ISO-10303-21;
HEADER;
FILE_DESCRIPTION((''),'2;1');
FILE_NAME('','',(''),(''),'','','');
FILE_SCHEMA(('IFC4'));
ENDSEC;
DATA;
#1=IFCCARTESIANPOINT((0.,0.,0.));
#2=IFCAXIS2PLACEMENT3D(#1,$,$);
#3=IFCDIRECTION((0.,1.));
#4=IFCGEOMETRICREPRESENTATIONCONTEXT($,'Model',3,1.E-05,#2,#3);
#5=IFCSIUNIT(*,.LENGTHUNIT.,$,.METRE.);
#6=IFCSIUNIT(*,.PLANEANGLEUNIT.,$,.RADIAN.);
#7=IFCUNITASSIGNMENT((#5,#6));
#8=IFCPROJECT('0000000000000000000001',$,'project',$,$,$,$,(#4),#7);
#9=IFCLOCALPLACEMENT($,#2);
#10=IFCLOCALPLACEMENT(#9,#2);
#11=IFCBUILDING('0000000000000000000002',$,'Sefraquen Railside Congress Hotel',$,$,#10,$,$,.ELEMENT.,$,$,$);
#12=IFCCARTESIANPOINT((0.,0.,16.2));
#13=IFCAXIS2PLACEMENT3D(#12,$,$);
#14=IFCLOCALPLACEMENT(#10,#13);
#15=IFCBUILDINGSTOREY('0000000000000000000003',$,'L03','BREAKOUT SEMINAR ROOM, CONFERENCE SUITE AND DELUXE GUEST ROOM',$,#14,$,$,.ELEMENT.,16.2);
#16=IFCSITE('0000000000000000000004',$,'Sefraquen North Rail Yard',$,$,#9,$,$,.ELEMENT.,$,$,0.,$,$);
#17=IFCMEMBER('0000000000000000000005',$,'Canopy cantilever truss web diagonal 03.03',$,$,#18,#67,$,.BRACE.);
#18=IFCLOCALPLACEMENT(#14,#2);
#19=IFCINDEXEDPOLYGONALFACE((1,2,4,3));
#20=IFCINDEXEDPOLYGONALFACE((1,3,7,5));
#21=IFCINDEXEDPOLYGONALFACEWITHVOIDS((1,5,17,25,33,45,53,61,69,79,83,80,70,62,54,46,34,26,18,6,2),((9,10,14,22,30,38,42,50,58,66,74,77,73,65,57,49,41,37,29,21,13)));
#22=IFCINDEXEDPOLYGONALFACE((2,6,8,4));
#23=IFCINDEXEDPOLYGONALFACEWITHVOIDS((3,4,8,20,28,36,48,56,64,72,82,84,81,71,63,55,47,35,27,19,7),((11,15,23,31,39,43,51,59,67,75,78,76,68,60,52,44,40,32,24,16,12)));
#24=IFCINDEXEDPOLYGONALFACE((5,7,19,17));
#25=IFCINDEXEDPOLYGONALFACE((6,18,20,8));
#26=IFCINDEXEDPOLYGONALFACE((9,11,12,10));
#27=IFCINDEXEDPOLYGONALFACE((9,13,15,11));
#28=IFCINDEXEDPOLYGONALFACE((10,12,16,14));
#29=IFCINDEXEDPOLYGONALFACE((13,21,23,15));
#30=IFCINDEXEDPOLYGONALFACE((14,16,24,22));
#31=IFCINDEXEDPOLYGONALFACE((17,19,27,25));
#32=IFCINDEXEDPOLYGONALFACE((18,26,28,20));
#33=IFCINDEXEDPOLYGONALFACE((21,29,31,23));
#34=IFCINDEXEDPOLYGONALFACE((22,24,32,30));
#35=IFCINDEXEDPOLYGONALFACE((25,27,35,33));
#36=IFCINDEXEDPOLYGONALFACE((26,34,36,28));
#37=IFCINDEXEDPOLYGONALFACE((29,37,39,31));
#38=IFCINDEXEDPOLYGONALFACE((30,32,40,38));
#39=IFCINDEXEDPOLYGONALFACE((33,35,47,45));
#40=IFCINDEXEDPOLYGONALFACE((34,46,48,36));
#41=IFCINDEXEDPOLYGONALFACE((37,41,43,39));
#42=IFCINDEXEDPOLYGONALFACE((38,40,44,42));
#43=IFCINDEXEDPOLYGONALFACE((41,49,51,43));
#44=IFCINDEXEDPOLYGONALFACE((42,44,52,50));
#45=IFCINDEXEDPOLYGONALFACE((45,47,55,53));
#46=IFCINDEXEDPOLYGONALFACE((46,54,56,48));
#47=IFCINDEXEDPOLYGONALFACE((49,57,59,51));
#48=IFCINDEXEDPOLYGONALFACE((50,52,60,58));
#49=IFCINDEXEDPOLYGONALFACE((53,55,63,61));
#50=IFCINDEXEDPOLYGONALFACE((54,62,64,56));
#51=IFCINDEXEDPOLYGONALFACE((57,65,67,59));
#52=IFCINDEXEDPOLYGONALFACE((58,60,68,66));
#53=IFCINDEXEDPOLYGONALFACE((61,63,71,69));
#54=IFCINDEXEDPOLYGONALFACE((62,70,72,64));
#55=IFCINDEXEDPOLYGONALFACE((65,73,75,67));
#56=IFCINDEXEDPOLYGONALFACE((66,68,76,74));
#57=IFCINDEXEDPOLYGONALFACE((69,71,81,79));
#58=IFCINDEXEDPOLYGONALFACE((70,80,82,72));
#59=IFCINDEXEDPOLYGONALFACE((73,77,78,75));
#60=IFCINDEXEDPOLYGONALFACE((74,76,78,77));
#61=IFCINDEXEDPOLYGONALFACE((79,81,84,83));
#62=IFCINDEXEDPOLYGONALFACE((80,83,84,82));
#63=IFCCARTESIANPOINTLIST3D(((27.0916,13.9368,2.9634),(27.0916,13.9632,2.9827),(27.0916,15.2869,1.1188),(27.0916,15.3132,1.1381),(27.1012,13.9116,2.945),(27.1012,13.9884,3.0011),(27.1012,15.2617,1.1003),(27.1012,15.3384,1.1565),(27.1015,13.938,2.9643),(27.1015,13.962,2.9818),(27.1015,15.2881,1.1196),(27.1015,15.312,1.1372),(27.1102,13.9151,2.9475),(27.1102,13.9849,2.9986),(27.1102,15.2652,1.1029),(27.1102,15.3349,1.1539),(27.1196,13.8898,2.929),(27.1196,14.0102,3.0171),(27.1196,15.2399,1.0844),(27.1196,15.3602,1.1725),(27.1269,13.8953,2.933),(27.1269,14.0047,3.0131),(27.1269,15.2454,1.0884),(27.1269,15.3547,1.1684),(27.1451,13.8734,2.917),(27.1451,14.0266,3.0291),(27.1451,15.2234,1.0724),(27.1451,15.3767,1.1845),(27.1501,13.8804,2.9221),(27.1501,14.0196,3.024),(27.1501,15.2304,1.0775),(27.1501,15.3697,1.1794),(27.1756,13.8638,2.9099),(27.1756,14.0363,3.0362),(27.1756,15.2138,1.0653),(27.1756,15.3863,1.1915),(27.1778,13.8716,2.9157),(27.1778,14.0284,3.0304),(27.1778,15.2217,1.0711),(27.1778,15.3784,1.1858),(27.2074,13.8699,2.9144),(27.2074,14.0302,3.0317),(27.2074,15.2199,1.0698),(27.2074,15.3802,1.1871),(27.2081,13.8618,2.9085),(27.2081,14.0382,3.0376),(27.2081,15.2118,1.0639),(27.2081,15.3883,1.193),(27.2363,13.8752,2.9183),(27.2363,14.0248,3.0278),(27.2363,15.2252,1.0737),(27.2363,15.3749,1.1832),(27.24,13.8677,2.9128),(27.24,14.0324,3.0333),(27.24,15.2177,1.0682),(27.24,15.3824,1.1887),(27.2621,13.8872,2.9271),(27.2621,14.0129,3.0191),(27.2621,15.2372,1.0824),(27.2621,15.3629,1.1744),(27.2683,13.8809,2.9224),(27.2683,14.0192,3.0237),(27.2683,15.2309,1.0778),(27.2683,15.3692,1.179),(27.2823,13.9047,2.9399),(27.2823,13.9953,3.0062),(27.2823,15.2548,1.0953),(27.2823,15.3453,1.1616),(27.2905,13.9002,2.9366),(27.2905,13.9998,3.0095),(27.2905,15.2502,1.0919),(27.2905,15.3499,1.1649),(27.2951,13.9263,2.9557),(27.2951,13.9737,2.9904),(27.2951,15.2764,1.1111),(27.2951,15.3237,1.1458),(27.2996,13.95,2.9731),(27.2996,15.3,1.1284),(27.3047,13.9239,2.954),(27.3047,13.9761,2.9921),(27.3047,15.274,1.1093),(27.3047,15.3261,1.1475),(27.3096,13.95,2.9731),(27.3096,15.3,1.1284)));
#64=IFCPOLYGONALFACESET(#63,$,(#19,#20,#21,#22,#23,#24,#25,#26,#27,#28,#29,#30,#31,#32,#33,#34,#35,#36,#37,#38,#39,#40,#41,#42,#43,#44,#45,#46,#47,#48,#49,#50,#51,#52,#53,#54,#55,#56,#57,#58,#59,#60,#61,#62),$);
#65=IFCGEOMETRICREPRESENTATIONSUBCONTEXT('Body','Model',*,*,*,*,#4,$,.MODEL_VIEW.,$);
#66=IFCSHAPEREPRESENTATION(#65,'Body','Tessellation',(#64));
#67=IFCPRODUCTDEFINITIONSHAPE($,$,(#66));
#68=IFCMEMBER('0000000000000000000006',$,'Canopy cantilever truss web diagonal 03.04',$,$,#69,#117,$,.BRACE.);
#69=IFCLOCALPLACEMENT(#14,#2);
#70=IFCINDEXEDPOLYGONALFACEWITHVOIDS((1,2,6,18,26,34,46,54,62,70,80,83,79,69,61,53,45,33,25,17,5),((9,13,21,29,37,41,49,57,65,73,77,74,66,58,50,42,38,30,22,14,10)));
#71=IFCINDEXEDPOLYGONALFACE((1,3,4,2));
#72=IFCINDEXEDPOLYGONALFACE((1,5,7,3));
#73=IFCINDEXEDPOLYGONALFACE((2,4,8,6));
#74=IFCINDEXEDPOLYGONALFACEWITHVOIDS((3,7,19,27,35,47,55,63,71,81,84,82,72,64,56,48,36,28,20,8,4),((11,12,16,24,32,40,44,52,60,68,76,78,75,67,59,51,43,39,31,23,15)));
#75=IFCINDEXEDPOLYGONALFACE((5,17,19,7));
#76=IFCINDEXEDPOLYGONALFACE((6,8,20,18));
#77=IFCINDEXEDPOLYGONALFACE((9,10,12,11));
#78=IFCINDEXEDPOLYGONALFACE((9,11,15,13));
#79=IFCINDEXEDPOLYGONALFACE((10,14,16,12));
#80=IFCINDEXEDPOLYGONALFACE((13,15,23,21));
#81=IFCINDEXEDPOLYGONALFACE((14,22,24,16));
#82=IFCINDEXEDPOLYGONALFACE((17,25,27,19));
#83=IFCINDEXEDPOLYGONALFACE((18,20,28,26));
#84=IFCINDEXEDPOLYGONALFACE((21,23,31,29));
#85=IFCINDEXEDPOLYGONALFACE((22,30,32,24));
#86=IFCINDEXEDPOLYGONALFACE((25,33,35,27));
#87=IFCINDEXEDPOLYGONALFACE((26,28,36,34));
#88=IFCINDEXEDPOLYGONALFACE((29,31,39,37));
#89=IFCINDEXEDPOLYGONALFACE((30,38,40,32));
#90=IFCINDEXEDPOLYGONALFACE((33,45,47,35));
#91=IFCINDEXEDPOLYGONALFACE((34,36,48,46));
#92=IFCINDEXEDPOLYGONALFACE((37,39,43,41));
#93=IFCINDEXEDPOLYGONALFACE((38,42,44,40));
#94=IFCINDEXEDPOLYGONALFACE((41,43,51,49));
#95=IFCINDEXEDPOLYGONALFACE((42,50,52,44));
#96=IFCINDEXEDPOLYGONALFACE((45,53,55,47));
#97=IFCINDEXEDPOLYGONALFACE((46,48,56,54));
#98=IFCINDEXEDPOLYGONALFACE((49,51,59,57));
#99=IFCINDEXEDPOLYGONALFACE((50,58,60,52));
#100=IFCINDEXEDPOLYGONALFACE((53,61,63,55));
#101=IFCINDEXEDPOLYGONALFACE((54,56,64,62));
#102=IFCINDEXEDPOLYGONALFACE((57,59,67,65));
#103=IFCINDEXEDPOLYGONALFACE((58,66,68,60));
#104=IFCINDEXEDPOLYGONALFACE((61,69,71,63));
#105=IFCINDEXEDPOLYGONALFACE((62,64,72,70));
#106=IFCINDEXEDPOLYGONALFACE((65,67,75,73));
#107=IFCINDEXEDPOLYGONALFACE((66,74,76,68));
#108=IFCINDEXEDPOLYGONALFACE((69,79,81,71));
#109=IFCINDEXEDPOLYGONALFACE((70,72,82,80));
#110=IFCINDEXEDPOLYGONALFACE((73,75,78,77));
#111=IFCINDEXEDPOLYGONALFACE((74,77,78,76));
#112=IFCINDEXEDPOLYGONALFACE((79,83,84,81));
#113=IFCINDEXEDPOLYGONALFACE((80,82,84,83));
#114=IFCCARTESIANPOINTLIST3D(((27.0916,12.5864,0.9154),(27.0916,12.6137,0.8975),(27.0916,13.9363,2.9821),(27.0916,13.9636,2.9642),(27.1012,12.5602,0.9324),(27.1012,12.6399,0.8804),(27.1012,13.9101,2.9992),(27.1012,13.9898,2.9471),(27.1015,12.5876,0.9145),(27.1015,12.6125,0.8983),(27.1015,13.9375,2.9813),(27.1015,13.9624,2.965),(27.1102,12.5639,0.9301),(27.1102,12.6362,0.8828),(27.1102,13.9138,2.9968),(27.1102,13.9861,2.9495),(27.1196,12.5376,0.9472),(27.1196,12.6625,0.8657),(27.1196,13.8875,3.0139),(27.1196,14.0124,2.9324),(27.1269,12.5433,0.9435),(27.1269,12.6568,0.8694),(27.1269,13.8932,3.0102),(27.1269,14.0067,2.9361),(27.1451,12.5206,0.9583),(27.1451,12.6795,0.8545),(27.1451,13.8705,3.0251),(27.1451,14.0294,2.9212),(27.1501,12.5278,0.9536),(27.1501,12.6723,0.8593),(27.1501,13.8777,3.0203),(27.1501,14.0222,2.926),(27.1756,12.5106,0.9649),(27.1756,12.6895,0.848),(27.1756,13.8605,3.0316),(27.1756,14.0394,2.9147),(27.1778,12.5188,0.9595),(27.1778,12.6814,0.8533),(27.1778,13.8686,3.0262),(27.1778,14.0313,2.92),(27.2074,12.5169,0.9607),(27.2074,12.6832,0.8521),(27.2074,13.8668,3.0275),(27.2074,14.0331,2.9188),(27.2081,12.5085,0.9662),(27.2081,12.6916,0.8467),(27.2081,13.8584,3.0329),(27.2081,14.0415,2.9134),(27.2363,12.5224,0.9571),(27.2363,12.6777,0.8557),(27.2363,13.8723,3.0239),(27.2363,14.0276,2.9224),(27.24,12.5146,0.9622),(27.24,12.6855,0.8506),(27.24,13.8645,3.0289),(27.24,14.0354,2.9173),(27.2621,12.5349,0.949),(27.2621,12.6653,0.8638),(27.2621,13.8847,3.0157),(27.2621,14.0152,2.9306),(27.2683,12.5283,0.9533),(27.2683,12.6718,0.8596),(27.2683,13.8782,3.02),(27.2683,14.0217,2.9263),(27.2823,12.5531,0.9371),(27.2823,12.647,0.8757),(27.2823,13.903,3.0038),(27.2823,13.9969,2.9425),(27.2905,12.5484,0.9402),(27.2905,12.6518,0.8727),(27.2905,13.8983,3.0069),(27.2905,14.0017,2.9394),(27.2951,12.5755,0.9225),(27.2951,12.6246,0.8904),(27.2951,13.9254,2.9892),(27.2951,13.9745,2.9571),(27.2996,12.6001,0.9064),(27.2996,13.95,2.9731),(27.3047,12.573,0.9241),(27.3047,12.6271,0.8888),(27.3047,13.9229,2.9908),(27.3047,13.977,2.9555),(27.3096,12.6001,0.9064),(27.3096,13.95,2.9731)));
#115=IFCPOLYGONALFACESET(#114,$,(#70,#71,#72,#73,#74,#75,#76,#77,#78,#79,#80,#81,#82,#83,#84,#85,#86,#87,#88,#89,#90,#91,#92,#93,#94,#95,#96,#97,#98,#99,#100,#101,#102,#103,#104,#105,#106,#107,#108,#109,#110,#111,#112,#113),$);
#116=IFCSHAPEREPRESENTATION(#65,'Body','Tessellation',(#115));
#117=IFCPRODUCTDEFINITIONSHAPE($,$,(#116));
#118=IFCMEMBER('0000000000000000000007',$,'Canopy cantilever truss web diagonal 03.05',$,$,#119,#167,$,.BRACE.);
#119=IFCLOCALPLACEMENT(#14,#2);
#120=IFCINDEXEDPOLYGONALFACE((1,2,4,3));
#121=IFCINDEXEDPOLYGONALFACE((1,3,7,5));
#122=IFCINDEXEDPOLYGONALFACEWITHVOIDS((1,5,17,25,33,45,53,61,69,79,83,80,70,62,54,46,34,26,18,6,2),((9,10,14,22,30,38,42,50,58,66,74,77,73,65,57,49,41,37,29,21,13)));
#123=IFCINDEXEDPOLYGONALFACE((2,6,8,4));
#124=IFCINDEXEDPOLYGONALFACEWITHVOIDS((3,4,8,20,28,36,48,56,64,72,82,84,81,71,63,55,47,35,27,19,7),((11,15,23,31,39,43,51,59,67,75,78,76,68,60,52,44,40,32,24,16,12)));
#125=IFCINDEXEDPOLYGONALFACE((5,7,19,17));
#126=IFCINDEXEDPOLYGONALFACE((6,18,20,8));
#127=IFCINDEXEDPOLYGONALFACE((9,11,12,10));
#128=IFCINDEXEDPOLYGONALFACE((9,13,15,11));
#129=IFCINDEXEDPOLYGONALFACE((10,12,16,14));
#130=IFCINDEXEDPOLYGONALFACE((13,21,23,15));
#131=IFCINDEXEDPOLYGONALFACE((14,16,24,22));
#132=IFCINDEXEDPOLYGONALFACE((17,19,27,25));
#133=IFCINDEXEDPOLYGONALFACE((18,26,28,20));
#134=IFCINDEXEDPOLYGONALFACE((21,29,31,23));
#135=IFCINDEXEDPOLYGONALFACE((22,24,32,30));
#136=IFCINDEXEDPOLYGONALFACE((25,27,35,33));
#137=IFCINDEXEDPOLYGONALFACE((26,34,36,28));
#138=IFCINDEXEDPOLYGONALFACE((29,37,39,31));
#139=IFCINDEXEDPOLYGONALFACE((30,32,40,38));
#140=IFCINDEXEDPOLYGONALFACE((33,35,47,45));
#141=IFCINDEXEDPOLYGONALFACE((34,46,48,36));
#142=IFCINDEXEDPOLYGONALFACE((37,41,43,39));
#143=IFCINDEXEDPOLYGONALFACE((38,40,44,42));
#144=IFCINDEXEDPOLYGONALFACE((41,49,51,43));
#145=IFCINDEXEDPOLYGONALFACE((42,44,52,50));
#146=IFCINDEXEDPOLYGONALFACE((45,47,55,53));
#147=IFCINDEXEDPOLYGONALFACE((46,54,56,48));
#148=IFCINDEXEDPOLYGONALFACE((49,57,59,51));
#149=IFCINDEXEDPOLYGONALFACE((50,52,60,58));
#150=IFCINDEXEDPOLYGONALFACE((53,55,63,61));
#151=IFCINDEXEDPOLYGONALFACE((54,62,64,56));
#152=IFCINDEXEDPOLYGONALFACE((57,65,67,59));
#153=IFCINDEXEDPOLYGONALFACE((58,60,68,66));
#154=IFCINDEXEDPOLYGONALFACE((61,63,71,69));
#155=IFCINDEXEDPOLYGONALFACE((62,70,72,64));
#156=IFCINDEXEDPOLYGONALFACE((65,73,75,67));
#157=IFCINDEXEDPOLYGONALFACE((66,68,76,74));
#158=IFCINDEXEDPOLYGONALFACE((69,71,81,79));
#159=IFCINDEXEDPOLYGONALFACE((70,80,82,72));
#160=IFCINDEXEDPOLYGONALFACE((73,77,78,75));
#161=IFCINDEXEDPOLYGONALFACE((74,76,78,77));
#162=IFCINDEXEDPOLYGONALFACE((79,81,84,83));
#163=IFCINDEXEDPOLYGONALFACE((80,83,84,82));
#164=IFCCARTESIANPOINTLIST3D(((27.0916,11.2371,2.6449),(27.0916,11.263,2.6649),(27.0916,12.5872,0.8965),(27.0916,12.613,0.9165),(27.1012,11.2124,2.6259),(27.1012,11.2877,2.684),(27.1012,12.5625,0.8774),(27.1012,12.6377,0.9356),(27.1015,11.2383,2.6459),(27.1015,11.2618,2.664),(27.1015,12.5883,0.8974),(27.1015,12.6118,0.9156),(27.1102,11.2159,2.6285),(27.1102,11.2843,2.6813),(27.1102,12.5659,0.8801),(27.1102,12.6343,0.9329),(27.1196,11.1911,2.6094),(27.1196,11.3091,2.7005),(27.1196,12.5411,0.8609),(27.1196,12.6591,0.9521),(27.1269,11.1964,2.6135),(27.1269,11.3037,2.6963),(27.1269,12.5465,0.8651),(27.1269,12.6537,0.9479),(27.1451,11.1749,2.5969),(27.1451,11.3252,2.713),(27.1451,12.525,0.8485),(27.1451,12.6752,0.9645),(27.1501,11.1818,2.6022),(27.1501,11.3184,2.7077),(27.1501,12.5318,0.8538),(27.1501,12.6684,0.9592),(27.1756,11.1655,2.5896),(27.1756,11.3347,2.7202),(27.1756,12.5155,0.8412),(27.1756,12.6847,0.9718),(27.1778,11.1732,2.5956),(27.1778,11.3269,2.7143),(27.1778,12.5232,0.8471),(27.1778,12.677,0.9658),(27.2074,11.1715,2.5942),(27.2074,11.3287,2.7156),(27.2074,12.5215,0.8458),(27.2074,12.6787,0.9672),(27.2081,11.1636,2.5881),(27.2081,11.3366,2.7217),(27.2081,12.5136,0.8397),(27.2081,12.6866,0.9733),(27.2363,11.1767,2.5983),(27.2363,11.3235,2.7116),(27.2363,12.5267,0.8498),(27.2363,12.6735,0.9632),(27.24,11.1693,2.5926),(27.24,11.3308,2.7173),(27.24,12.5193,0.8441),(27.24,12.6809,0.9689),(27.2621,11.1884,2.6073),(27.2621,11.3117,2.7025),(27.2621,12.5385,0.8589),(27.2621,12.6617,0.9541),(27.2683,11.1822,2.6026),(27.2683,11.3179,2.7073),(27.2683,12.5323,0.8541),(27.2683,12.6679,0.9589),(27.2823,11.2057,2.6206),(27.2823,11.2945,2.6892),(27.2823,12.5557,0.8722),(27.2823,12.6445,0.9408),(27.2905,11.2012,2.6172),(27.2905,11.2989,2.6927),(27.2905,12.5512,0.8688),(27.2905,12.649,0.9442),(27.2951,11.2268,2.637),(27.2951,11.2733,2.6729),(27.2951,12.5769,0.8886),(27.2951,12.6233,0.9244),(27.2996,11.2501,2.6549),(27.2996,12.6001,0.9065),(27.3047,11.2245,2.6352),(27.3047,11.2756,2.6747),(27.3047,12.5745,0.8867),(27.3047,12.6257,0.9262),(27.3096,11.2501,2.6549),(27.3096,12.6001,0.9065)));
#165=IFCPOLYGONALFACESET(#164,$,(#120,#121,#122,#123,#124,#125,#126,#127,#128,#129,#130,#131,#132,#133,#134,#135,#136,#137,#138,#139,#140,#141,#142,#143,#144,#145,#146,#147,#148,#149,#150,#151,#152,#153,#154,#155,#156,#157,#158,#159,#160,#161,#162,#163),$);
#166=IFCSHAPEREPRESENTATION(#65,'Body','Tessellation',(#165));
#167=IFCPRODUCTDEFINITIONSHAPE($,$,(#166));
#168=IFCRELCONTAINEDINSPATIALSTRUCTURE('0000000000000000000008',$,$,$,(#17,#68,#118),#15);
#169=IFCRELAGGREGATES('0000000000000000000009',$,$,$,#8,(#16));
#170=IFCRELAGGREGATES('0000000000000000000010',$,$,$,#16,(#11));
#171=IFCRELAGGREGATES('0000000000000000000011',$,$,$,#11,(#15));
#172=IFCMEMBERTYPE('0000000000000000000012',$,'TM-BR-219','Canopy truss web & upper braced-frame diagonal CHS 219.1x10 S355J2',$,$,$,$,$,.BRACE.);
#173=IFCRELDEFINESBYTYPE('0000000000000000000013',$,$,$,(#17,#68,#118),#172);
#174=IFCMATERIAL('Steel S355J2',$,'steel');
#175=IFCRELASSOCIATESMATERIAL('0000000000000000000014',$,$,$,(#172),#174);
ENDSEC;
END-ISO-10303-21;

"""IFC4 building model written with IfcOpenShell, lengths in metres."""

from ifc_helpers import new_model, si_unit, direction, frame, origin, origin_2d, place, context, subcontext, project, spatial, hollow_circle, extrude, material, material_profile, profile_set, type_object, element, save


model = new_model("IFC4")

# Units and contexts
model_context = context("Model", 3, precision=1e-05, world=origin(), true_north=direction((0.0, 1.0)))
body_context = subcontext(model_context, "Body", "Model", "MODEL_VIEW")
ifc_project = project(units=[si_unit("LENGTHUNIT", "METRE"), si_unit("PLANEANGLEUNIT", "RADIAN")], contexts=[model_context])

# Site, building, storey
site_placement = place(None, origin())
site = spatial("IfcSite", under=ifc_project, at=site_placement, Name="Sefraquen North Rail Yard", CompositionType="ELEMENT", RefElevation=0.0)
building_placement = place(site_placement, origin())
building = spatial("IfcBuilding", under=site, at=building_placement, Name="Sefraquen Railside Congress Hotel", CompositionType="ELEMENT")
storey_placement = place(building_placement, frame((0.0, 0.0, 16.2)))
storey = spatial("IfcBuildingStorey", under=building, at=storey_placement, Name="L03", Description="BREAKOUT SEMINAR ROOM, CONFERENCE SUITE AND DELUXE GUEST ROOM", CompositionType="ELEMENT", Elevation=16.2)

# Members
ifc_material = material(Name="Steel S355J2", Category="steel")
ifc_material_profile = material_profile(ifc_material, hollow_circle(Radius=0.1096, WallThickness=0.01, at=origin_2d()), Name="CHS 219.1x10")
ifc_profile_set = profile_set([ifc_material_profile], Name="Steel S355J2")
member_type = type_object("IfcMemberType", Name="TM-BR-219", Description="Canopy truss web & upper braced-frame diagonal CHS 219.1x10 S355J2", PredefinedType="BRACE", material=ifc_profile_set)
member_1_placement = place(storey_placement, frame((27.2, 15.3, 1.1284), z_axis=(0.0, -0.590595, 0.806968), x_axis=(1.0, 0.0, 0.0)))
element("IfcMember", 1, at=member_1_placement, inside=storey, type_object=member_type, Name="Canopy cantilever truss web diagonal 03.03", PredefinedType="BRACE", context=body_context, shape_type="SweptSolid", body=[
    extrude(hollow_circle(Radius=0.1096, WallThickness=0.01, at=origin_2d()), origin(), (0.0, 0.0, 1.0), 2.2859),
])
member_2_placement = place(storey_placement, frame((27.2, 13.95, 2.9731), z_axis=(0.0, -0.546847, -0.837233), x_axis=(1.0, 0.0, 0.0)))
element("IfcMember", 2, at=member_2_placement, inside=storey, type_object=member_type, Name="Canopy cantilever truss web diagonal 03.04", PredefinedType="BRACE", context=body_context, shape_type="SweptSolid", body=[
    extrude(hollow_circle(Radius=0.1096, WallThickness=0.01, at=origin_2d()), origin(), (0.0, 0.0, 1.0), 2.4685),
])
member_3_placement = place(storey_placement, frame((27.2, 12.6001, 0.9065), z_axis=(0.0, -0.611152, 0.791513), x_axis=(1.0, 0.0, 0.0)))
element("IfcMember", 3, at=member_3_placement, inside=storey, type_object=member_type, Name="Canopy cantilever truss web diagonal 03.05", PredefinedType="BRACE", context=body_context, shape_type="SweptSolid", body=[
    extrude(hollow_circle(Radius=0.1096, WallThickness=0.01, at=origin_2d()), origin(), (0.0, 0.0, 1.0), 2.209),
])

save(model, "model.ifc")
